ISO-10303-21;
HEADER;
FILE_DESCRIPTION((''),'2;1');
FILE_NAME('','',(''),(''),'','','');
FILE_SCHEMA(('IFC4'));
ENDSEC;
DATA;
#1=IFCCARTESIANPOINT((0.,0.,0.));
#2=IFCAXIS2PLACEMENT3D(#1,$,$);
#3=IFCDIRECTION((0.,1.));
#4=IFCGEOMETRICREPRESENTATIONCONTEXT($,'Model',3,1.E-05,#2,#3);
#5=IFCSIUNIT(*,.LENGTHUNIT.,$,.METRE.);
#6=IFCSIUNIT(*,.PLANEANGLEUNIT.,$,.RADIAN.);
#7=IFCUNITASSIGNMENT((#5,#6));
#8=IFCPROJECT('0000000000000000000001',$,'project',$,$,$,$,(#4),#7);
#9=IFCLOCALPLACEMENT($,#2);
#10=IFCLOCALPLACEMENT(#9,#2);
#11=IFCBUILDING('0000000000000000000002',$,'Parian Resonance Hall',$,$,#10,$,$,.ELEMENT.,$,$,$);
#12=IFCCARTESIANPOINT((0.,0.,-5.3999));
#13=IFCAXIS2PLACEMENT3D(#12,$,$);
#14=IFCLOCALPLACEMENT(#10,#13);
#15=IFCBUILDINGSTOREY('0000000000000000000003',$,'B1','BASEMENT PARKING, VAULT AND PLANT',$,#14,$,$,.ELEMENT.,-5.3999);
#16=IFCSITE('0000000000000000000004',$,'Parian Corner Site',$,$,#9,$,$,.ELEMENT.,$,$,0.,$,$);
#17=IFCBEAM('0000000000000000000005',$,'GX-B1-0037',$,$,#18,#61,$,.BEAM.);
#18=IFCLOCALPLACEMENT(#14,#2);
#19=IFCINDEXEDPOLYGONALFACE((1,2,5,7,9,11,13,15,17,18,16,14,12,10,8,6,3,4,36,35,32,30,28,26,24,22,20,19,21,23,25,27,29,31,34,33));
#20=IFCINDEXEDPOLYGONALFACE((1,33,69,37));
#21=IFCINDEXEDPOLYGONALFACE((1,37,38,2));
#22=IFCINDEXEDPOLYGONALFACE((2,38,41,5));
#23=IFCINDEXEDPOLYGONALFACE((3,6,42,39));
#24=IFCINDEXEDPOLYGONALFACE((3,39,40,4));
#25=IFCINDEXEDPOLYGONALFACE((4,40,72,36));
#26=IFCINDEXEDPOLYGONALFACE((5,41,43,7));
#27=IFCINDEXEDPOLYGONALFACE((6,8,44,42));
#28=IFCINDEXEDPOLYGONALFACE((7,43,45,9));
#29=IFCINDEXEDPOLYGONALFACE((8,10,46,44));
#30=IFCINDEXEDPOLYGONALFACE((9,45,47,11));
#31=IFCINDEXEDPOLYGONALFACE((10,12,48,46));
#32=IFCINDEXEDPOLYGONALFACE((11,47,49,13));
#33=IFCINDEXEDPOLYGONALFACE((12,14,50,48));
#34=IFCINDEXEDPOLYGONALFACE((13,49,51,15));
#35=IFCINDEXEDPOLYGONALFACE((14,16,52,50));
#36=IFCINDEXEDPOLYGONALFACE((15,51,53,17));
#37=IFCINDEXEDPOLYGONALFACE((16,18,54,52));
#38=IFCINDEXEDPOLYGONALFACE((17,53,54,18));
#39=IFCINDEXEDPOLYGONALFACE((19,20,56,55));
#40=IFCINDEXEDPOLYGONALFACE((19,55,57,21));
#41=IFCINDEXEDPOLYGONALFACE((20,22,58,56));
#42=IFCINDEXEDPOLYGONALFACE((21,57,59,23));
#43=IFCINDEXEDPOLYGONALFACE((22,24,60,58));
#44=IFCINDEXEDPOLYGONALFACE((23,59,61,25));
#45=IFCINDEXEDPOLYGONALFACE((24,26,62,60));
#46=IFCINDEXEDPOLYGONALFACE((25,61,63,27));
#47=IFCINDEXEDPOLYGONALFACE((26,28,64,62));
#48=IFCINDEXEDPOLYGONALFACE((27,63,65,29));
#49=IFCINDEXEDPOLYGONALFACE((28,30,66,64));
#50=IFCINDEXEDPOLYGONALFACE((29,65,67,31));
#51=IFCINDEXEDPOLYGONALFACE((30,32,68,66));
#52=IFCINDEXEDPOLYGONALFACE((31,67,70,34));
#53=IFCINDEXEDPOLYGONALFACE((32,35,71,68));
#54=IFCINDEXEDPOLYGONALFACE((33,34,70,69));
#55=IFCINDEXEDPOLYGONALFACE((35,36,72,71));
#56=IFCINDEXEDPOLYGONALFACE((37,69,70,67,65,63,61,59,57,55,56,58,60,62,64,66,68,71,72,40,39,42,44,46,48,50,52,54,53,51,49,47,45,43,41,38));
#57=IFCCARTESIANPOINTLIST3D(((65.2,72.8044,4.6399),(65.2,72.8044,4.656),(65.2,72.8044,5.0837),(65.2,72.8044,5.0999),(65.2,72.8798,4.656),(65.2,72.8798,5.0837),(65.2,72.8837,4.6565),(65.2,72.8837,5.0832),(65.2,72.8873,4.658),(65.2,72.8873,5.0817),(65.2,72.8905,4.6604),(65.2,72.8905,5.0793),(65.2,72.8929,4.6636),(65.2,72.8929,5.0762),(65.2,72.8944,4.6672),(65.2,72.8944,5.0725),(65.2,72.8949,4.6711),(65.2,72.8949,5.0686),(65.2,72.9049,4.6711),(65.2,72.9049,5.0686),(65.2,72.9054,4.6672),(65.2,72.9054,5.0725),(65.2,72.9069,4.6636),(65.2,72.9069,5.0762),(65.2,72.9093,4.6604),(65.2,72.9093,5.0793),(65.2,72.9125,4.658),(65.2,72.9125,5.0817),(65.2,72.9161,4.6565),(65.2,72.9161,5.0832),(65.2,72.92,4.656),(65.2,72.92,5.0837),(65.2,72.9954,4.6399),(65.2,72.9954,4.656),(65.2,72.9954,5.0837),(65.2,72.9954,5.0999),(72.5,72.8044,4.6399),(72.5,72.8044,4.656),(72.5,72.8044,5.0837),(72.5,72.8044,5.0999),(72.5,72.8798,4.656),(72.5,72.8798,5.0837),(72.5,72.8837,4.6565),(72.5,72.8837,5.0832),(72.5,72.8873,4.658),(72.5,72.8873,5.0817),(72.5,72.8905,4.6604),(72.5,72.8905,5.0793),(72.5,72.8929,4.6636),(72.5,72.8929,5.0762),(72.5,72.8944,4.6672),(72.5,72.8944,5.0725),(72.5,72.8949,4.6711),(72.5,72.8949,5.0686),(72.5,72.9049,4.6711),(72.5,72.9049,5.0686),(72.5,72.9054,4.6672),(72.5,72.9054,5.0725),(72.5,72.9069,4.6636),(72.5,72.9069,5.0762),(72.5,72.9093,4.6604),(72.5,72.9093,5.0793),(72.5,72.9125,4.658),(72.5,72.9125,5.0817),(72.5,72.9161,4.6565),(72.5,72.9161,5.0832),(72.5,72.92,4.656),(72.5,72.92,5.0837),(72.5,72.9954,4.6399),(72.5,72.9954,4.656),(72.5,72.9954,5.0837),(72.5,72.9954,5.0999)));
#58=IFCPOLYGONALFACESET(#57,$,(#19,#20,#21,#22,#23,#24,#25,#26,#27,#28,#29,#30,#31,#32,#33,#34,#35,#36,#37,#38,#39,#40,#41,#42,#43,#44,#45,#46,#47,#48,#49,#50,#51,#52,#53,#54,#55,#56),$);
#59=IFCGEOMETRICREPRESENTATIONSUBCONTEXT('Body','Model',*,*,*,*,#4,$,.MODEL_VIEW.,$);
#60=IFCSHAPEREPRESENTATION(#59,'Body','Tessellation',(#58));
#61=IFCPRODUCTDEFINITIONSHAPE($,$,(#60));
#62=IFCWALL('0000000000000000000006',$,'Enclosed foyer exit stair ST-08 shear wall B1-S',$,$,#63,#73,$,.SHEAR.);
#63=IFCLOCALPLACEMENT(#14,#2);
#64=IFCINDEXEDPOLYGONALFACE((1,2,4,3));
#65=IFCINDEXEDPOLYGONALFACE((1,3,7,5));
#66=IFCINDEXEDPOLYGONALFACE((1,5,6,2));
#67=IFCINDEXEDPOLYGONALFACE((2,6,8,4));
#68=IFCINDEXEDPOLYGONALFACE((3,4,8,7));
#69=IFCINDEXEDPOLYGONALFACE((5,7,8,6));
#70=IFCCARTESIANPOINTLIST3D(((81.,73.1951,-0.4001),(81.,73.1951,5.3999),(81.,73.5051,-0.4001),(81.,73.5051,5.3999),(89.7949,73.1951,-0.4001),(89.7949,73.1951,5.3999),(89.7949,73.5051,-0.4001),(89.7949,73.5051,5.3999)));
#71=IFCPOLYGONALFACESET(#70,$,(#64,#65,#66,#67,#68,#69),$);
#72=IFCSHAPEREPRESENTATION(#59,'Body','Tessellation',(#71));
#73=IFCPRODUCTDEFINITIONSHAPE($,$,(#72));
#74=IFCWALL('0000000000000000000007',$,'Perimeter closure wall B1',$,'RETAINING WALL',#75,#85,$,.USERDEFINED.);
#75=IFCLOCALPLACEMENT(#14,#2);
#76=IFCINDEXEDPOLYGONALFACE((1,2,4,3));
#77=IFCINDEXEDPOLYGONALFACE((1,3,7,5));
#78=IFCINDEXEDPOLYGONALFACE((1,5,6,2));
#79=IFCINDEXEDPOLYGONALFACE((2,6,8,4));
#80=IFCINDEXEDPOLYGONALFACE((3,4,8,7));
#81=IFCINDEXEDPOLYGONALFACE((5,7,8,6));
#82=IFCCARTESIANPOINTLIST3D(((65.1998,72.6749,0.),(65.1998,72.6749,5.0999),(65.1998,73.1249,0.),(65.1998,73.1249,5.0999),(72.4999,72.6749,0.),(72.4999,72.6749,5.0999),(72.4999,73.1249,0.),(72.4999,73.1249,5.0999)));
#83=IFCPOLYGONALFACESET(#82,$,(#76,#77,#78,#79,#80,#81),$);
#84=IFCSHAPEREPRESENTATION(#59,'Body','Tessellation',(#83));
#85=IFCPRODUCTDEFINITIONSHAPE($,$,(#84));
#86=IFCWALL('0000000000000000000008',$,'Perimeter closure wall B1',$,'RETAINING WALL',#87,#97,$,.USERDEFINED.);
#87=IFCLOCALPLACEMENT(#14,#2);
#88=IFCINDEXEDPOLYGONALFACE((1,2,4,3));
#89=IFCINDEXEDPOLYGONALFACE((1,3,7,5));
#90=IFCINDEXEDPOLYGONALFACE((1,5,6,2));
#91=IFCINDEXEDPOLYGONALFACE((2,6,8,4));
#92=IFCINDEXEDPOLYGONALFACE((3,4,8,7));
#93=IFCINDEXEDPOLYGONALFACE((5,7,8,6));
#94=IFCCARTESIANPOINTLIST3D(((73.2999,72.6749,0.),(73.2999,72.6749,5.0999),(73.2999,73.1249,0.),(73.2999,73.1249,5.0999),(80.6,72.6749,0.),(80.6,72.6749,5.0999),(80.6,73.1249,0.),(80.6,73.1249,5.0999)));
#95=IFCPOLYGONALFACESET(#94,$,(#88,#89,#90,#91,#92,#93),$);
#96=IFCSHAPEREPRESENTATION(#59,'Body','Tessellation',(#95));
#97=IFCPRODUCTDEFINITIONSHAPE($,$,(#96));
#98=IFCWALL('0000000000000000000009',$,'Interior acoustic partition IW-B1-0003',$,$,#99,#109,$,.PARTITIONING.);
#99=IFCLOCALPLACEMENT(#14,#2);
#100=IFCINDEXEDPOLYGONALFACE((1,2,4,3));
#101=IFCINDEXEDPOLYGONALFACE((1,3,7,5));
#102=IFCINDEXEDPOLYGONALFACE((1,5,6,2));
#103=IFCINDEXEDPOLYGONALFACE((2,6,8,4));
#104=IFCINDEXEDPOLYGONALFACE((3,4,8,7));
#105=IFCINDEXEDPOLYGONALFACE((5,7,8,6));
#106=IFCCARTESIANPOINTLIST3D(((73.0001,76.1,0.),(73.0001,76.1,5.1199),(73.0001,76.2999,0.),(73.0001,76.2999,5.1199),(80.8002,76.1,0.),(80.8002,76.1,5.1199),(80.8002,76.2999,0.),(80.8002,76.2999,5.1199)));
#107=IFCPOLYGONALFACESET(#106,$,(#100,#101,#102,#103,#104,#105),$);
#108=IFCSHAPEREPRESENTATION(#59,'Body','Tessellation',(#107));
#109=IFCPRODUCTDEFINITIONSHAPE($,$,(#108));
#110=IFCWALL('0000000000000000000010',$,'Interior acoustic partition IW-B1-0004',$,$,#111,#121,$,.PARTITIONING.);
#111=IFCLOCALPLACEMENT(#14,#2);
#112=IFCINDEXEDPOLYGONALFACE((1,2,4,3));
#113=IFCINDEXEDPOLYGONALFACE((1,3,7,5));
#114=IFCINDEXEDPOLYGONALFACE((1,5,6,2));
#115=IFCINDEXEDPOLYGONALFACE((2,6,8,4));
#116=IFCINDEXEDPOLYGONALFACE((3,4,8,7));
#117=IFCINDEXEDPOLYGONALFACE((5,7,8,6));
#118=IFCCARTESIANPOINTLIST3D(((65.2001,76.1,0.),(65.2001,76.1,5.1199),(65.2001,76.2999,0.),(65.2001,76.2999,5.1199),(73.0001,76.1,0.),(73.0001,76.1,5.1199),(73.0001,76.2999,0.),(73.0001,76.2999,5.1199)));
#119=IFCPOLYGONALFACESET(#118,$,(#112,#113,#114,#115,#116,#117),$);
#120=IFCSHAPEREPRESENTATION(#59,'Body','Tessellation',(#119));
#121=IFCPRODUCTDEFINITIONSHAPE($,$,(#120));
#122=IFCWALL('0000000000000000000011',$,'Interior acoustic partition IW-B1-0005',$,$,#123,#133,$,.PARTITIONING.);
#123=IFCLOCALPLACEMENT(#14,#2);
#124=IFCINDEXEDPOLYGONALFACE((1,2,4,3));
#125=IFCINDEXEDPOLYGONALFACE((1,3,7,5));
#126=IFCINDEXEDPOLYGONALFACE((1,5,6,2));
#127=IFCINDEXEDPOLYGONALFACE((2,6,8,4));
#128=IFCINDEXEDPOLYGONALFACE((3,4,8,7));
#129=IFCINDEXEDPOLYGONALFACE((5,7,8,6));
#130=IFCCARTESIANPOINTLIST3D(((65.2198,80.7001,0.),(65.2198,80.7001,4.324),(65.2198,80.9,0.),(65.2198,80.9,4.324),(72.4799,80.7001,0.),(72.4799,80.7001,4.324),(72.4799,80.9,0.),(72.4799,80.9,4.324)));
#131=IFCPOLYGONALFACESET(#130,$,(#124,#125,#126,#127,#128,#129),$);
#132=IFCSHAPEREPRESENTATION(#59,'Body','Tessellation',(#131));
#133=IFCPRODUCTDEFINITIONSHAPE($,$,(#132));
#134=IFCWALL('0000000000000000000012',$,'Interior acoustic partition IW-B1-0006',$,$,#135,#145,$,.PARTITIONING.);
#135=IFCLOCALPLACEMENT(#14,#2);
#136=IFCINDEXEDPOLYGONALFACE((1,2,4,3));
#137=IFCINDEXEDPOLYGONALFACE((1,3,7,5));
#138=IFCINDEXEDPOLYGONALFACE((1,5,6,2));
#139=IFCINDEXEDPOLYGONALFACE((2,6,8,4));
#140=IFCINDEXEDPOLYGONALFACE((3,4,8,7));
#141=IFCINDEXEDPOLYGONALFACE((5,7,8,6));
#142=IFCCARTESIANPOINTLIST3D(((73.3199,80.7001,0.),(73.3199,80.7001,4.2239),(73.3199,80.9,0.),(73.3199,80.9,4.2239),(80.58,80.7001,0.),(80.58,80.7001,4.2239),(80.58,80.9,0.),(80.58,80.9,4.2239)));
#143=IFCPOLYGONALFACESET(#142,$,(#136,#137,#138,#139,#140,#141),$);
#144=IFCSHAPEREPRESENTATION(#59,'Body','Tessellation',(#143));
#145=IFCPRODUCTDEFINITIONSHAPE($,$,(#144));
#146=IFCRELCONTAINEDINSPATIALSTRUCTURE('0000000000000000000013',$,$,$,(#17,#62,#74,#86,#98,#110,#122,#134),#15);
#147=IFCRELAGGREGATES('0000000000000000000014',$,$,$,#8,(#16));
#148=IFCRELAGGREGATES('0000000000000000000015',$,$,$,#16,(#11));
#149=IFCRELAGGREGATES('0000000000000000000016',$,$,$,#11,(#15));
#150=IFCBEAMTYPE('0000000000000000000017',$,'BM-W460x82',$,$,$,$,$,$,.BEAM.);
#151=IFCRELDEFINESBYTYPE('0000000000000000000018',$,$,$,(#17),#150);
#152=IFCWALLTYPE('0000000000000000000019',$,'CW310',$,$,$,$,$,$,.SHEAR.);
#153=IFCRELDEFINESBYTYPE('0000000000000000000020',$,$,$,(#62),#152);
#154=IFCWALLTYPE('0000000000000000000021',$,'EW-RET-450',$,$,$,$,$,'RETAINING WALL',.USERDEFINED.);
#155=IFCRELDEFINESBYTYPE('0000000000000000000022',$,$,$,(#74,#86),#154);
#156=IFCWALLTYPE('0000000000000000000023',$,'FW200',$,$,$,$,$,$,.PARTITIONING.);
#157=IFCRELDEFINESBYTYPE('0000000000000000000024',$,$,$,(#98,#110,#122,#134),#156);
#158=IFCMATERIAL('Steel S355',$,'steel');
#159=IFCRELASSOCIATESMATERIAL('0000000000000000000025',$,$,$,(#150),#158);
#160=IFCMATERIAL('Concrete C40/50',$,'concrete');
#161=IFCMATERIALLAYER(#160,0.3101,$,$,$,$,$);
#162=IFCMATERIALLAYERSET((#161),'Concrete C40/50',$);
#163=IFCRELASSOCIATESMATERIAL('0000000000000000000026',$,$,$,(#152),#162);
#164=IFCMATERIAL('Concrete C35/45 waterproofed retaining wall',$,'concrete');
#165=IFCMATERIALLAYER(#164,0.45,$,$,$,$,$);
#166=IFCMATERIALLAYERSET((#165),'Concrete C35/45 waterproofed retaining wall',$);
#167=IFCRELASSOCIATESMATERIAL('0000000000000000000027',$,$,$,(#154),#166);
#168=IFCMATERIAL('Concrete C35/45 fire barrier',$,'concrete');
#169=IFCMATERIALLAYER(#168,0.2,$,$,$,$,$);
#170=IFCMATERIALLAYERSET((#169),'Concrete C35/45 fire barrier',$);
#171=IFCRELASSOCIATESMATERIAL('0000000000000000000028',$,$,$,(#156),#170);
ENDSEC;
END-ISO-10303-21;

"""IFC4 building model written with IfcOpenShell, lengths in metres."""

from ifc_helpers import new_model, si_unit, direction, frame, frame_2d, origin, origin_2d, place, context, subcontext, project, spatial, rectangle, i_section, extrude, material, layer, layer_set, material_profile, profile_set, type_object, element, save


model = new_model("IFC4")

# Units and contexts
model_context = context("Model", 3, precision=1e-05, world=origin(), true_north=direction((0.0, 1.0)))
body_context = subcontext(model_context, "Body", "Model", "MODEL_VIEW")
ifc_project = project(units=[si_unit("LENGTHUNIT", "METRE"), si_unit("PLANEANGLEUNIT", "RADIAN")], contexts=[model_context])

# Site, building, storey
site_placement = place(None, origin())
site = spatial("IfcSite", under=ifc_project, at=site_placement, Name="Parian Corner Site", CompositionType="ELEMENT", RefElevation=0.0)
building_placement = place(site_placement, origin())
building = spatial("IfcBuilding", under=site, at=building_placement, Name="Parian Resonance Hall", CompositionType="ELEMENT")
storey_placement = place(building_placement, frame((0.0, 0.0, -5.3999)))
storey = spatial("IfcBuildingStorey", under=building, at=storey_placement, Name="B1", Description="BASEMENT PARKING, VAULT AND PLANT", CompositionType="ELEMENT", Elevation=-5.3999)

# Beam
ifc_material_1 = material(Name="Steel S355", Category="steel")
ifc_material_profile_1 = material_profile(ifc_material_1, i_section(OverallWidth=0.1909, OverallDepth=0.46, WebThickness=0.01, FlangeThickness=0.0161, FilletRadius=0.0151, at=origin_2d()), Name="W460x82")
ifc_profile_set_1 = profile_set([ifc_material_profile_1], Name="Steel S355")
beam_type_1 = type_object("IfcBeamType", Name="BM-W460x82", PredefinedType="BEAM", material=ifc_profile_set_1)
beam_1_placement = place(storey_placement, frame((65.2, 72.8999, 4.8699), z_axis=(1.0, 0.0, 0.0), x_axis=(0.0, 1.0, 0.0)))
element("IfcBeam", 1, at=beam_1_placement, inside=storey, type_object=beam_type_1, Name="GX-B1-0037", PredefinedType="BEAM", context=body_context, shape_type="SweptSolid", body=[
    extrude(i_section(OverallWidth=0.1909, OverallDepth=0.46, WebThickness=0.01, FlangeThickness=0.0161, FilletRadius=0.0151, at=origin_2d()), origin(), (0.0, 0.0, 1.0), 7.3),
])

# Walls
ifc_material_2 = material(Name="Concrete C40/50", Category="concrete")
ifc_layer_1 = layer(ifc_material_2, 0.3101)
ifc_layer_set_1 = layer_set([ifc_layer_1], Name="Concrete C40/50")
wall_type_1 = type_object("IfcWallType", Name="CW310", PredefinedType="SHEAR", material=ifc_layer_set_1)
wall_1_placement = place(storey_placement, frame((81.0, 73.3501, -0.4001), z_axis=(0.0, 0.0, 1.0), x_axis=(1.0, 0.0, 0.0)))
element("IfcWall", 2, at=wall_1_placement, inside=storey, type_object=wall_type_1, Name="Enclosed foyer exit stair ST-08 shear wall B1-S", PredefinedType="SHEAR", context=body_context, shape_type="SweptSolid", body=[
    extrude(rectangle(XDim=8.7949, YDim=0.3101, at=frame_2d((4.3975, 0.0))), origin(), (0.0, 0.0, 1.0), 5.8),
])
ifc_material_3 = material(Name="Concrete C35/45 waterproofed retaining wall", Category="concrete")
ifc_layer_2 = layer(ifc_material_3, 0.45)
ifc_layer_set_2 = layer_set([ifc_layer_2], Name="Concrete C35/45 waterproofed retaining wall")
wall_type_2 = type_object("IfcWallType", Name="EW-RET-450", ElementType="RETAINING WALL", PredefinedType="USERDEFINED", material=ifc_layer_set_2)
for number, where, z_axis, x_axis, name in (
    (3, (65.2, 72.8999, 0.0), (0.0, 0.0, 1.0), (1.0, 0.0, 0.0), "Perimeter closure wall B1"),
    (4, (73.3, 72.8999, 0.0), (0.0, 0.0, 1.0), (1.0, 0.0, 0.0), "Perimeter closure wall B1"),
):
    element("IfcWall", number, at=place(storey_placement, frame(where, z_axis=z_axis, x_axis=x_axis)), inside=storey, type_object=wall_type_2, Name=name, ObjectType="RETAINING WALL", PredefinedType="USERDEFINED", context=body_context, shape_type="SweptSolid", body=[
        extrude(rectangle(XDim=7.3, YDim=0.45, at=frame_2d((3.6499, 0.0))), origin(), (0.0, 0.0, 1.0), 5.0999),
    ])
ifc_material_4 = material(Name="Concrete C35/45 fire barrier", Category="concrete")
ifc_layer_3 = layer(ifc_material_4, 0.2)
ifc_layer_set_3 = layer_set([ifc_layer_3], Name="Concrete C35/45 fire barrier")
wall_type_3 = type_object("IfcWallType", Name="FW200", PredefinedType="PARTITIONING", material=ifc_layer_set_3)
for number, where, z_axis, x_axis, name in (
    (5, (80.8, 76.2, 0.0), (0.0, 0.0, 1.0), (-1.0, 0.0, 0.0), "Interior acoustic partition IW-B1-0003"),
    (6, (73.0, 76.2, 0.0), (0.0, 0.0, 1.0), (-1.0, 0.0, 0.0), "Interior acoustic partition IW-B1-0004"),
):
    element("IfcWall", number, at=place(storey_placement, frame(where, z_axis=z_axis, x_axis=x_axis)), inside=storey, type_object=wall_type_3, Name=name, PredefinedType="PARTITIONING", context=body_context, shape_type="SweptSolid", body=[
        extrude(rectangle(XDim=7.8, YDim=0.2, at=frame_2d((3.8999, 0.0))), origin(), (0.0, 0.0, 1.0), 5.1199),
    ])
wall_2_placement = place(storey_placement, frame((65.22, 80.8, 0.0), z_axis=(0.0, 0.0, 1.0), x_axis=(1.0, 0.0, 0.0)))
element("IfcWall", 7, at=wall_2_placement, inside=storey, type_object=wall_type_3, Name="Interior acoustic partition IW-B1-0005", PredefinedType="PARTITIONING", context=body_context, shape_type="SweptSolid", body=[
    extrude(rectangle(XDim=7.26, YDim=0.2, at=frame_2d((3.6299, 0.0))), origin(), (0.0, 0.0, 1.0), 4.324),
])
wall_3_placement = place(storey_placement, frame((73.3201, 80.8, 0.0), z_axis=(0.0, 0.0, 1.0), x_axis=(1.0, 0.0, 0.0)))
element("IfcWall", 8, at=wall_3_placement, inside=storey, type_object=wall_type_3, Name="Interior acoustic partition IW-B1-0006", PredefinedType="PARTITIONING", context=body_context, shape_type="SweptSolid", body=[
    extrude(rectangle(XDim=7.26, YDim=0.2, at=frame_2d((3.6299, 0.0))), origin(), (0.0, 0.0, 1.0), 4.2239),
])

save(model, "model.ifc")
